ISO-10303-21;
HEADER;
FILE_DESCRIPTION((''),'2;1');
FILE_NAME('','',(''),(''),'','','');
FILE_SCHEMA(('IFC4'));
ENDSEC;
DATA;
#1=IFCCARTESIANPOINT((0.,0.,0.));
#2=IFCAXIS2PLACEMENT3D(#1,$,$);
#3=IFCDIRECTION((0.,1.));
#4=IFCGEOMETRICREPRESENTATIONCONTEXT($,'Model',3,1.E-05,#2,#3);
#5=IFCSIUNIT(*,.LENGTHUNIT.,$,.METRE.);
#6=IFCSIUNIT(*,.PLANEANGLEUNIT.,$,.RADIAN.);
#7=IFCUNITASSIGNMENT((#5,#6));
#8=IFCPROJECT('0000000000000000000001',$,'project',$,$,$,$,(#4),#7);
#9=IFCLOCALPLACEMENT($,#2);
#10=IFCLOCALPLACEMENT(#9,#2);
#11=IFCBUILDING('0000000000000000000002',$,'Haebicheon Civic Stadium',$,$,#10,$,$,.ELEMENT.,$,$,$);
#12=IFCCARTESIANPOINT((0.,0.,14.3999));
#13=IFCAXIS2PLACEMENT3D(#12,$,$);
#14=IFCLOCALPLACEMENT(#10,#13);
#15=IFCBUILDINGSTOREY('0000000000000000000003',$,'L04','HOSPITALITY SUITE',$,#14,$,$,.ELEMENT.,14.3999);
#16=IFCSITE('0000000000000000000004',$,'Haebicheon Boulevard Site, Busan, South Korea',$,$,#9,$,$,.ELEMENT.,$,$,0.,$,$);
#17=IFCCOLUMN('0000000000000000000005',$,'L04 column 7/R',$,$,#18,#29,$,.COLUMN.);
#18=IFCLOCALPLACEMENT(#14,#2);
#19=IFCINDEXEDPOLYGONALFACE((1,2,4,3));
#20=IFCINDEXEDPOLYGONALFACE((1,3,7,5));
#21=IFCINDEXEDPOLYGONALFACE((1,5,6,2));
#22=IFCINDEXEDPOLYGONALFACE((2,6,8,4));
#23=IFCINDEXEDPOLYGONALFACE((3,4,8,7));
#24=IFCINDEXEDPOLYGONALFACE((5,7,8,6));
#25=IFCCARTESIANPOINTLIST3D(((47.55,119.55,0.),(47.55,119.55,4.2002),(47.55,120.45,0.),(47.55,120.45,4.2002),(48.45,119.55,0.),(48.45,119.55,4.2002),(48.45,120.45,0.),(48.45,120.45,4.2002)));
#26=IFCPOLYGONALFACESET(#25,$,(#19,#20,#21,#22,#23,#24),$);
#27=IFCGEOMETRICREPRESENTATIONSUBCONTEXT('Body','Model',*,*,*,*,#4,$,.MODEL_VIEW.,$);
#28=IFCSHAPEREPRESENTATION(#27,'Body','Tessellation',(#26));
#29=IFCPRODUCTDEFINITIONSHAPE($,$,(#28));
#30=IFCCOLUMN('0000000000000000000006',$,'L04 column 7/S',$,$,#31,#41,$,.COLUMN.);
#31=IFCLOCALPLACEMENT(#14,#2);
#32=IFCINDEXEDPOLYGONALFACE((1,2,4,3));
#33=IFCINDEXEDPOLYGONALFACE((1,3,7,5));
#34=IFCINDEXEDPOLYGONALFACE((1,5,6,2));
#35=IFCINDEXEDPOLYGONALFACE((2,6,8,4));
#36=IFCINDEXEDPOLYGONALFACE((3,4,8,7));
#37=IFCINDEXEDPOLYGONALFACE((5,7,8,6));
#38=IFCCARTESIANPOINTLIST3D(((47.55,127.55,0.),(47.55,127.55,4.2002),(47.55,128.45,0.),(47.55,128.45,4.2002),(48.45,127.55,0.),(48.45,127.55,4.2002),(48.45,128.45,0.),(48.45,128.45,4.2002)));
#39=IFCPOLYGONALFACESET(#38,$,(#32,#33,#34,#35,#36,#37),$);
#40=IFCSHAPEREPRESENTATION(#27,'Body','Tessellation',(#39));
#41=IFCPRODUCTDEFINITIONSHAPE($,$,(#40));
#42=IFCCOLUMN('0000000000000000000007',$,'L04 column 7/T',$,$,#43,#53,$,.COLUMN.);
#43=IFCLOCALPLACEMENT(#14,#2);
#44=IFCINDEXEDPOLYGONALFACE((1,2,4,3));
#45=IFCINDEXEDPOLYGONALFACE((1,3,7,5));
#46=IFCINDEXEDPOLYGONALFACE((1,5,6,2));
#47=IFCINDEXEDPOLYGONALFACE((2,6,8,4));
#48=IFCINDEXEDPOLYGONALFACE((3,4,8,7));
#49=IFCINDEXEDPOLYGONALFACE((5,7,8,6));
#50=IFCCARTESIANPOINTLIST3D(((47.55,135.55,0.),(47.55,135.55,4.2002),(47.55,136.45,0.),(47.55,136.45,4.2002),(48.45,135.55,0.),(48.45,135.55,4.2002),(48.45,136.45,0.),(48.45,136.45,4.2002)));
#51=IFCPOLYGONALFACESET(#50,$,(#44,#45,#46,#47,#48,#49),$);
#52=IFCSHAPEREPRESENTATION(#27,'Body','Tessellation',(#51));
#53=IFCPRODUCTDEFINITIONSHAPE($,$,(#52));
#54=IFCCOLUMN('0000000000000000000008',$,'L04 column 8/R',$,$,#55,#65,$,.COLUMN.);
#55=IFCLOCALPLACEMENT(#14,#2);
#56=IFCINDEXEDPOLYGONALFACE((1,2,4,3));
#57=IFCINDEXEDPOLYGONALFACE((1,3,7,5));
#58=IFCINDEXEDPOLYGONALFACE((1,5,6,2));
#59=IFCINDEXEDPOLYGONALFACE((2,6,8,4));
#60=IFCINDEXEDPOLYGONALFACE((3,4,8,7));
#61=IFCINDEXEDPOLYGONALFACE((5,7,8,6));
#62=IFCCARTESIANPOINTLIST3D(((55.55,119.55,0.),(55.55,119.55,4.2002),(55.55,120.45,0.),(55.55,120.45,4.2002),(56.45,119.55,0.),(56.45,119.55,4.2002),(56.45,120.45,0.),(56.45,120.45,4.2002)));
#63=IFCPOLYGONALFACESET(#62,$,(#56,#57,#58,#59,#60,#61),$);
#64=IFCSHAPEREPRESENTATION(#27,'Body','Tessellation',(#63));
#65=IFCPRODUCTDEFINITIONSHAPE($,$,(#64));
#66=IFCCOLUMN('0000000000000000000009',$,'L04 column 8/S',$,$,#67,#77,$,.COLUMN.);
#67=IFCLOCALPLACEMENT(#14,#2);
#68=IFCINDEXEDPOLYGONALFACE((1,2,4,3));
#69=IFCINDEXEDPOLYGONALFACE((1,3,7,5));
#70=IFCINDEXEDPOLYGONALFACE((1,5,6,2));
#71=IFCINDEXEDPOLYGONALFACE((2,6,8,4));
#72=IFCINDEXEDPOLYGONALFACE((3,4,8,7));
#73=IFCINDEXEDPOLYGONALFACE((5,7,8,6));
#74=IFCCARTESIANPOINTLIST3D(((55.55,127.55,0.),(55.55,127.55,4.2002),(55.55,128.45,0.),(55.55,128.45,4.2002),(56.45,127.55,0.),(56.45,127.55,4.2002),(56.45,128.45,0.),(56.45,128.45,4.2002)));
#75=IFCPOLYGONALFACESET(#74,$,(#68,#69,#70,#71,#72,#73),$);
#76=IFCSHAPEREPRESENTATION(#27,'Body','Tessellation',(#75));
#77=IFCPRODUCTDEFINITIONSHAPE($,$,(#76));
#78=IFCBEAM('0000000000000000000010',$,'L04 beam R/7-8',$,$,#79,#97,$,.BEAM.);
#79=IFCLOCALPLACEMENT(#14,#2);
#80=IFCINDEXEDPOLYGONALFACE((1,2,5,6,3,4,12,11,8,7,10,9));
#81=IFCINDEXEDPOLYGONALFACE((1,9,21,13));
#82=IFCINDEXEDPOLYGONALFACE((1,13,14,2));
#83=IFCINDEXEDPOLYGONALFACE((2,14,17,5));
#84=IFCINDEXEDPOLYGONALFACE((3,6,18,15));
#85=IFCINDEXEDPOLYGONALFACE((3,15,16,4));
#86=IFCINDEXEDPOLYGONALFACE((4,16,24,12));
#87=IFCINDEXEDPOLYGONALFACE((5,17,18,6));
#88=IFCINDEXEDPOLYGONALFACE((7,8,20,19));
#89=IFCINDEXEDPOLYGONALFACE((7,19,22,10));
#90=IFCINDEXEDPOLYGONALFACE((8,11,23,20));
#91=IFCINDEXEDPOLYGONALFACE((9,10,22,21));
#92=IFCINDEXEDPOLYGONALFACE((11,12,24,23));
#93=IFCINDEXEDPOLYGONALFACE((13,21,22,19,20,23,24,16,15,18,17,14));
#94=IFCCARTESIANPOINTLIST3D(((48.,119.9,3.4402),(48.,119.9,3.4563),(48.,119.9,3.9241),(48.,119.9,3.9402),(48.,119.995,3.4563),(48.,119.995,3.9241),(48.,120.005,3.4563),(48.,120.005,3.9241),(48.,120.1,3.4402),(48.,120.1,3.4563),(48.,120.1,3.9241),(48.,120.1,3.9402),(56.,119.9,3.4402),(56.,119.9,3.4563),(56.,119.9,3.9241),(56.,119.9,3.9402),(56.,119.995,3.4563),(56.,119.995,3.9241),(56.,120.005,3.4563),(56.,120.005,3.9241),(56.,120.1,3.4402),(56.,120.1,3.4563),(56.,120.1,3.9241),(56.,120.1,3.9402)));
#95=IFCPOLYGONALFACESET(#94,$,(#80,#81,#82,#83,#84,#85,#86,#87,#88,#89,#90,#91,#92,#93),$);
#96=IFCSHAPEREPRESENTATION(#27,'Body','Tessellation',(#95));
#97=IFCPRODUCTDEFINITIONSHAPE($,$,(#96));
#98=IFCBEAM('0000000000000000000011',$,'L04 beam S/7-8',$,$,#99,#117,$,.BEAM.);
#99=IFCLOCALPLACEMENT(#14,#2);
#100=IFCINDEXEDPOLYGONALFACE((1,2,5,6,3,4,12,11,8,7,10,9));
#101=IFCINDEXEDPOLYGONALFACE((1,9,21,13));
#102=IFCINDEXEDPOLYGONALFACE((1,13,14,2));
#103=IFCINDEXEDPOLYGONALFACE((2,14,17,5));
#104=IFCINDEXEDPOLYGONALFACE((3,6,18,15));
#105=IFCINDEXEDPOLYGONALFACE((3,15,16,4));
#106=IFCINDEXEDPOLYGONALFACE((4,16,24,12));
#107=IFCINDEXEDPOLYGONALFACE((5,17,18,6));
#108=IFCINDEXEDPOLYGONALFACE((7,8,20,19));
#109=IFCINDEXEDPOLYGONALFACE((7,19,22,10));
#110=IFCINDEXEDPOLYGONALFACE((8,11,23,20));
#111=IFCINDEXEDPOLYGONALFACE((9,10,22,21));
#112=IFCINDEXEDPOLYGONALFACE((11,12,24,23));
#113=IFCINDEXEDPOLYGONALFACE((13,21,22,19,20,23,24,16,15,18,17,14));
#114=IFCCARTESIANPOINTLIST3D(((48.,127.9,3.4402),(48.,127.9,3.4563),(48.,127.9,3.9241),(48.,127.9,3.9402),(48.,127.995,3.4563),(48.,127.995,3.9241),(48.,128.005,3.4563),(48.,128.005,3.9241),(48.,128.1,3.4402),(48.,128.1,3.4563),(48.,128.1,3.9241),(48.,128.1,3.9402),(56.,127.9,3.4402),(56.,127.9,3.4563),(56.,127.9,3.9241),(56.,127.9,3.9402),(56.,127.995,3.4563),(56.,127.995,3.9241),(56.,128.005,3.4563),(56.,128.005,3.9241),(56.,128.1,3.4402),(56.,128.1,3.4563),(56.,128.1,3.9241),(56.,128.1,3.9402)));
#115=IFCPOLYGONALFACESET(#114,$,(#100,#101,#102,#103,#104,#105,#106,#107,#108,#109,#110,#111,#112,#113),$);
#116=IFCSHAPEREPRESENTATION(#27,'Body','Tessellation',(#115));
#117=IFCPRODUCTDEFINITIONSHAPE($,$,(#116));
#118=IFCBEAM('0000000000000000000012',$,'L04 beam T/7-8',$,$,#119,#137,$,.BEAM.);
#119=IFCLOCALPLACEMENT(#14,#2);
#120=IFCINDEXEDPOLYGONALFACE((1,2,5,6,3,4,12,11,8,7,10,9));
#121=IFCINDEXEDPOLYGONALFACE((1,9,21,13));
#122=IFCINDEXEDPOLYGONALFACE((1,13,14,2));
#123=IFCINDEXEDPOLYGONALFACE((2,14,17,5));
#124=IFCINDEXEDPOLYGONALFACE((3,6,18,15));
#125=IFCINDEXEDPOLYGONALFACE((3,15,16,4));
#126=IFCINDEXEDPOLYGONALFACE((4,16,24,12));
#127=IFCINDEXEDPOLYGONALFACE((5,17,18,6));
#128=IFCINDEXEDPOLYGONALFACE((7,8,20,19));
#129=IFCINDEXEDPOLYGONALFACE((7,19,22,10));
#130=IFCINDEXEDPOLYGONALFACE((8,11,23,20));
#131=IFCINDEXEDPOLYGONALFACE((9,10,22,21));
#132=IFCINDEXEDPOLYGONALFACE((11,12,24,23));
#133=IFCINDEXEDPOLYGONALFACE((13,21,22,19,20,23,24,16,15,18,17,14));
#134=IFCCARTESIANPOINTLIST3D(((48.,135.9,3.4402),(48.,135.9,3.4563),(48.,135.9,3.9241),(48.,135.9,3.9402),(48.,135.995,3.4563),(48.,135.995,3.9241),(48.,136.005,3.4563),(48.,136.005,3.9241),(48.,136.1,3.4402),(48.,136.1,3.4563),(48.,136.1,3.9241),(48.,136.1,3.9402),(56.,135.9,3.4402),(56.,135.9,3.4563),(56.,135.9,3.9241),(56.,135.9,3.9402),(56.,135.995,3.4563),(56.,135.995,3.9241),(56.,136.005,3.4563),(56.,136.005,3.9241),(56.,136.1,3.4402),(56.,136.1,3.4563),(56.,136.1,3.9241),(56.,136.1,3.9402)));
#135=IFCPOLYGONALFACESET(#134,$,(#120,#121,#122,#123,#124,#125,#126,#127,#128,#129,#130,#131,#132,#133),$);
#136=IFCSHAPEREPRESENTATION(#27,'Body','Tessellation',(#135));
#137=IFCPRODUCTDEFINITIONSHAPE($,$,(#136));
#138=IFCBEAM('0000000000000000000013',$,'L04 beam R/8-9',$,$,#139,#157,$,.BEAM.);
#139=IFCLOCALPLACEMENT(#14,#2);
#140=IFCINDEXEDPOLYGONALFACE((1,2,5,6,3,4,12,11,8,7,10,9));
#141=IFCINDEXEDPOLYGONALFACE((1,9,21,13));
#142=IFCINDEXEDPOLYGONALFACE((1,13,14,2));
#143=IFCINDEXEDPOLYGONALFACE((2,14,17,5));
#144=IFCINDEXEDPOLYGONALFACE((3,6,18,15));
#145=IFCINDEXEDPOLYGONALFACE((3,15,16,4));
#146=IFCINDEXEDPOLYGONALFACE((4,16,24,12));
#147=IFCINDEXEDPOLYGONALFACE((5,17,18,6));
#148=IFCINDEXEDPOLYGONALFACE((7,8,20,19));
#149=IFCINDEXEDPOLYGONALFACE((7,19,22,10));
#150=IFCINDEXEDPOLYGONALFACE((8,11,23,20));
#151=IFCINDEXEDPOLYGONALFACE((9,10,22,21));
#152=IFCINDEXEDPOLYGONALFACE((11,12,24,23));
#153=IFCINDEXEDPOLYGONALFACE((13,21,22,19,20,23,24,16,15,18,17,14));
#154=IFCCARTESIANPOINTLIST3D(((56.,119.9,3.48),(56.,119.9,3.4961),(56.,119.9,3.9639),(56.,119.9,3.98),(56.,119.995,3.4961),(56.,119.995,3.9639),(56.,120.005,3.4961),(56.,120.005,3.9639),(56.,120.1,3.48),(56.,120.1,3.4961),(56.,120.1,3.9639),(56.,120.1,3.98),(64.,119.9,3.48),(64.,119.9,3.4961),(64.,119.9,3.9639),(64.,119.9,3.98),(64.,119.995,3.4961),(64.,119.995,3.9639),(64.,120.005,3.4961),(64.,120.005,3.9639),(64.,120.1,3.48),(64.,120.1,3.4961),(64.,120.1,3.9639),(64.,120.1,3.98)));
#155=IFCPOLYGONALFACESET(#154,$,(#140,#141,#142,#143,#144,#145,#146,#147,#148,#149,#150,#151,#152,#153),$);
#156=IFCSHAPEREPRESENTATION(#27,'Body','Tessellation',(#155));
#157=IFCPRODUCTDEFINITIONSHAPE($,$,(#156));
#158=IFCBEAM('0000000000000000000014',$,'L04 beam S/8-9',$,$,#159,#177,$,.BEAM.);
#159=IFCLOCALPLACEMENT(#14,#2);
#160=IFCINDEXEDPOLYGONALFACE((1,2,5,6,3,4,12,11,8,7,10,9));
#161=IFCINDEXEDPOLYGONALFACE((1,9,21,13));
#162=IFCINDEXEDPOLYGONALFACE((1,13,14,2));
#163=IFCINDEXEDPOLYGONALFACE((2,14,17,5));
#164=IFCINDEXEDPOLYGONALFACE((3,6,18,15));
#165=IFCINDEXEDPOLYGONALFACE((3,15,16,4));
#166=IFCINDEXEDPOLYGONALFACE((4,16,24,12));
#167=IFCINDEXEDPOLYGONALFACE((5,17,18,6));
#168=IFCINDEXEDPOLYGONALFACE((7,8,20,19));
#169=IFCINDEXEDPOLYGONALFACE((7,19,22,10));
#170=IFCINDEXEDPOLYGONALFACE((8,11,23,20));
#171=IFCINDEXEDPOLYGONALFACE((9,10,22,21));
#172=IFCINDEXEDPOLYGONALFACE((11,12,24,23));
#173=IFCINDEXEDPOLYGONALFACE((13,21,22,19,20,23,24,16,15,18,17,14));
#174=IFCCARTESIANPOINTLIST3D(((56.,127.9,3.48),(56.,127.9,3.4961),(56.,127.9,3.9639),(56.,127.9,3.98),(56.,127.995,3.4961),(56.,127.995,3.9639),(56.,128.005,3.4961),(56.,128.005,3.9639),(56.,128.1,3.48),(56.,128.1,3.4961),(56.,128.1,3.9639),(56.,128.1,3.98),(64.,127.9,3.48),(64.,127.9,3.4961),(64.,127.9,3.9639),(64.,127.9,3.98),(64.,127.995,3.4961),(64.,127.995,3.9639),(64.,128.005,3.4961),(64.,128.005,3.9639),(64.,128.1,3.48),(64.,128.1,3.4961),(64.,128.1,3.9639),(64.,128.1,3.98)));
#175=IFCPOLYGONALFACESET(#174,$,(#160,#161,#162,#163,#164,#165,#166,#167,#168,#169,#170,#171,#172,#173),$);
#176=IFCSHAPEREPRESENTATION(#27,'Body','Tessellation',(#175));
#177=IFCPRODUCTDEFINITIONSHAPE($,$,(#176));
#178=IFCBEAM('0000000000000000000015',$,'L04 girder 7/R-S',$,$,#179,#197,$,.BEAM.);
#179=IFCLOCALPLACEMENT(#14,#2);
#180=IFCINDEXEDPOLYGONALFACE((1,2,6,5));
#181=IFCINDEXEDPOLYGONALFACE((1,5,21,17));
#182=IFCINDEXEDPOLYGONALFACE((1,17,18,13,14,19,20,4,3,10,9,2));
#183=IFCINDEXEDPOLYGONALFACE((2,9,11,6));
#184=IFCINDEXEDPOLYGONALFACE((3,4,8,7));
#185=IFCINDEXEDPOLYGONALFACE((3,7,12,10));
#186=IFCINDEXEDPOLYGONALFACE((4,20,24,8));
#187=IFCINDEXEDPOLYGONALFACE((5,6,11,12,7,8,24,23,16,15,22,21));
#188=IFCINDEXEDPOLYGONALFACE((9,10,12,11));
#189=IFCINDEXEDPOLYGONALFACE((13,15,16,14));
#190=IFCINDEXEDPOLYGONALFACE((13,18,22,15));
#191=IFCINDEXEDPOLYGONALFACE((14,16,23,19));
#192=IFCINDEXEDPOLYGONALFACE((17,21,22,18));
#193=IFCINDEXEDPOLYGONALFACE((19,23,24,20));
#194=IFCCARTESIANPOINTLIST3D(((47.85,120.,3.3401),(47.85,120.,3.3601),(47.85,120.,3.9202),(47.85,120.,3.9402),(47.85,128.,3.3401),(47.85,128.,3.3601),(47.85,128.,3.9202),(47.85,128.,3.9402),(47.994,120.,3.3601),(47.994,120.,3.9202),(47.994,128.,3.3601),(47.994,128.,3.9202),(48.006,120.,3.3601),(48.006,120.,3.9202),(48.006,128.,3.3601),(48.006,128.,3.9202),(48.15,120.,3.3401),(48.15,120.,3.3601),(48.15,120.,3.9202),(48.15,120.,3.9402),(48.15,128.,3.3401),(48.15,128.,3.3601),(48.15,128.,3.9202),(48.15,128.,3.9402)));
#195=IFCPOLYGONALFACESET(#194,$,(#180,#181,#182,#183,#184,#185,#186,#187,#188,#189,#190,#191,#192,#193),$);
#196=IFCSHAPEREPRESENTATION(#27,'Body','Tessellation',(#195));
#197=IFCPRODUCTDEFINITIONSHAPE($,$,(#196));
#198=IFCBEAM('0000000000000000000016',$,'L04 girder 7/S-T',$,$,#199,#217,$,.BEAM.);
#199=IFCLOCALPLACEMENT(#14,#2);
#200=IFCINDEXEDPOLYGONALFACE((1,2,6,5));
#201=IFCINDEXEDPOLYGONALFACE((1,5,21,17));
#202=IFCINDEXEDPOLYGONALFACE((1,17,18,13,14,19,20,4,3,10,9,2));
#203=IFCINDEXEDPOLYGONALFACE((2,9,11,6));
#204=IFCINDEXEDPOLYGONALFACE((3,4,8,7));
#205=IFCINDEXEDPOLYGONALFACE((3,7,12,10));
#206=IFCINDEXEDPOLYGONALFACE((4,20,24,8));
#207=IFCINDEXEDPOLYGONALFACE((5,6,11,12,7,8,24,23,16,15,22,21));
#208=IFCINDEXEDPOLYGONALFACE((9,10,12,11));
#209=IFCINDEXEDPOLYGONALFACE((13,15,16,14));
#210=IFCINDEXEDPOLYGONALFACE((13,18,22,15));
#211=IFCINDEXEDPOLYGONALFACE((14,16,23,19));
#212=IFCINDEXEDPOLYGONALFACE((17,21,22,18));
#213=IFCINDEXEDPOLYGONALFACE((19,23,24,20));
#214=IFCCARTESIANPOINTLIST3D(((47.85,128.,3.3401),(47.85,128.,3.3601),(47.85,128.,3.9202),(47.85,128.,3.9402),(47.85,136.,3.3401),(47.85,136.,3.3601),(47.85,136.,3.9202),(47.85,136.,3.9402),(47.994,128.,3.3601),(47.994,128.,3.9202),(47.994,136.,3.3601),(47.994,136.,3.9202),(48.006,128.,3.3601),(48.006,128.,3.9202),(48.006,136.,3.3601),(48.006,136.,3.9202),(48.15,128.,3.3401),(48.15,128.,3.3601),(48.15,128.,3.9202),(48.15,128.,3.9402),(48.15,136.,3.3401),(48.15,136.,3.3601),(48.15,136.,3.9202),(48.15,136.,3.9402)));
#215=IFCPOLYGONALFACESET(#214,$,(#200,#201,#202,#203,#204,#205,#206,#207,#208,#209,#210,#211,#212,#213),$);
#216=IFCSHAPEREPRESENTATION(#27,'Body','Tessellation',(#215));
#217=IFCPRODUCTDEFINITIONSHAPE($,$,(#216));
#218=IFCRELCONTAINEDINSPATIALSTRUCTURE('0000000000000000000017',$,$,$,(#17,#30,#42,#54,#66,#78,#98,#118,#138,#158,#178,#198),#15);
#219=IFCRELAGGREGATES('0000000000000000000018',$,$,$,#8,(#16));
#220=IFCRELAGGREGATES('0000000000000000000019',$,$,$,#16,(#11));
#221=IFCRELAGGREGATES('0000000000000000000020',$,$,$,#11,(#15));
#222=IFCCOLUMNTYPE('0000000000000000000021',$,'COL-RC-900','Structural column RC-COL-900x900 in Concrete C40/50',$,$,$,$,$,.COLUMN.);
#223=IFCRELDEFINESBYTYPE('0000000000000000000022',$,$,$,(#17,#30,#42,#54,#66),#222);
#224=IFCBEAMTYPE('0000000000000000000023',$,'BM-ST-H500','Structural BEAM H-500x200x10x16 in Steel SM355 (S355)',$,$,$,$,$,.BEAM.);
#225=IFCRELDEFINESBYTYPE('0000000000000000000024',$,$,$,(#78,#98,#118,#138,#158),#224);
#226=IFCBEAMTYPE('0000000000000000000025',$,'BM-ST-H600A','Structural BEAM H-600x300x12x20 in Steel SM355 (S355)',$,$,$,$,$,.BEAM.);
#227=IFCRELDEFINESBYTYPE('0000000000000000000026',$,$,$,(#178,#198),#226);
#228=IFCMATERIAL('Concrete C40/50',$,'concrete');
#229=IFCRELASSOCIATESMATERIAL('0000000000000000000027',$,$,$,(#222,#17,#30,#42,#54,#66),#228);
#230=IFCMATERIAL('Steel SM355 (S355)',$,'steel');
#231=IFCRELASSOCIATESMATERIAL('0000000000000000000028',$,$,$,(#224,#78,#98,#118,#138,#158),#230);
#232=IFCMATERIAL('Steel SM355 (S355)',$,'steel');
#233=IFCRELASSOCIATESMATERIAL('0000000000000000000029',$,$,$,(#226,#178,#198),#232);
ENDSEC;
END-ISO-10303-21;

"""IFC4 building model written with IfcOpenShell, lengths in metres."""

from ifc_helpers import new_model, si_unit, direction, frame, origin, origin_2d, place, context, subcontext, project, spatial, rectangle, i_section, extrude, material, material_profile, profile_set, type_object, element, save


model = new_model("IFC4")

# Units and contexts
model_context = context("Model", 3, precision=1e-05, world=origin(), true_north=direction((0.0, 1.0)))
body_context = subcontext(model_context, "Body", "Model", "MODEL_VIEW")
ifc_project = project(units=[si_unit("LENGTHUNIT", "METRE"), si_unit("PLANEANGLEUNIT", "RADIAN")], contexts=[model_context])

# Site, building, storey
site_placement = place(None, origin())
site = spatial("IfcSite", under=ifc_project, at=site_placement, Name="Haebicheon Boulevard Site, Busan, South Korea", CompositionType="ELEMENT", RefElevation=0.0)
building_placement = place(site_placement, origin())
building = spatial("IfcBuilding", under=site, at=building_placement, Name="Haebicheon Civic Stadium", CompositionType="ELEMENT")
storey_placement = place(building_placement, frame((0.0, 0.0, 14.3999)))
storey = spatial("IfcBuildingStorey", under=building, at=storey_placement, Name="L04", Description="HOSPITALITY SUITE", CompositionType="ELEMENT", Elevation=14.3999)

# Columns
ifc_material_1 = material(Name="Concrete C40/50", Category="concrete")
ifc_material_profile_1 = material_profile(ifc_material_1, rectangle(XDim=0.8999, YDim=0.8999, at=origin_2d()), Name="RC-COL-900x900")
ifc_profile_set_1 = profile_set([ifc_material_profile_1], Name="Concrete C40/50")
column_type = type_object("IfcColumnType", Name="COL-RC-900", Description="Structural column RC-COL-900x900 in Concrete C40/50", PredefinedType="COLUMN", material=ifc_profile_set_1)
for number, where, z_axis, x_axis, name in (
    (1, (48.0, 120.0, 0.0), (0.0, 0.0, 1.0), (1.0, 0.0, 0.0), "L04 column 7/R"),
    (2, (48.0, 128.0, 0.0), (0.0, 0.0, 1.0), (1.0, 0.0, 0.0), "L04 column 7/S"),
    (3, (48.0, 136.0, 0.0), (0.0, 0.0, 1.0), (1.0, 0.0, 0.0), "L04 column 7/T"),
    (4, (56.0, 120.0, 0.0), (0.0, 0.0, 1.0), (1.0, 0.0, 0.0), "L04 column 8/R"),
    (5, (56.0, 128.0, 0.0), (0.0, 0.0, 1.0), (1.0, 0.0, 0.0), "L04 column 8/S"),
):
    element("IfcColumn", number, at=place(storey_placement, frame(where, z_axis=z_axis, x_axis=x_axis)), inside=storey, type_object=column_type, material=ifc_profile_set_1, Name=name, PredefinedType="COLUMN", context=body_context, shape_type="SweptSolid", body=[
        extrude(rectangle(XDim=0.8999, YDim=0.8999, at=origin_2d()), origin(), (0.0, 0.0, 1.0), 4.2002),
    ])

# Beams
ifc_material_2 = material(Name="Steel SM355 (S355)", Category="steel")
ifc_material_profile_2 = material_profile(ifc_material_2, i_section(OverallWidth=0.2, OverallDepth=0.5, WebThickness=0.01, FlangeThickness=0.0161, at=origin_2d()), Name="H-500x200x10x16")
ifc_profile_set_2 = profile_set([ifc_material_profile_2], Name="Steel SM355 (S355)")
beam_type_1 = type_object("IfcBeamType", Name="BM-ST-H500", Description="Structural BEAM H-500x200x10x16 in Steel SM355 (S355)", PredefinedType="BEAM", material=ifc_profile_set_2)
for number, where, z_axis, x_axis, name in (
    (6, (48.0, 120.0, 3.6902), (1.0, 0.0, 0.0), (0.0, 1.0, 0.0), "L04 beam R/7-8"),
    (7, (48.0, 128.0, 3.6902), (1.0, 0.0, 0.0), (0.0, 1.0, 0.0), "L04 beam S/7-8"),
    (8, (48.0, 136.0, 3.6902), (1.0, 0.0, 0.0), (0.0, 1.0, 0.0), "L04 beam T/7-8"),
    (9, (56.0, 120.0, 3.73), (1.0, 0.0, 0.0), (0.0, 1.0, 0.0), "L04 beam R/8-9"),
    (10, (56.0, 128.0, 3.73), (1.0, 0.0, 0.0), (0.0, 1.0, 0.0), "L04 beam S/8-9"),
):
    element("IfcBeam", number, at=place(storey_placement, frame(where, z_axis=z_axis, x_axis=x_axis)), inside=storey, type_object=beam_type_1, material=ifc_profile_set_2, Name=name, PredefinedType="BEAM", context=body_context, shape_type="SweptSolid", body=[
        extrude(i_section(OverallWidth=0.2, OverallDepth=0.5, WebThickness=0.01, FlangeThickness=0.0161, at=origin_2d()), origin(), (0.0, 0.0, 1.0), 8.0),
    ])
ifc_material_3 = material(Name="Steel SM355 (S355)", Category="steel")
ifc_material_profile_3 = material_profile(ifc_material_3, i_section(OverallWidth=0.3, OverallDepth=0.6001, WebThickness=0.012, FlangeThickness=0.02, at=origin_2d()), Name="H-600x300x12x20")
ifc_profile_set_3 = profile_set([ifc_material_profile_3], Name="Steel SM355 (S355)")
beam_type_2 = type_object("IfcBeamType", Name="BM-ST-H600A", Description="Structural BEAM H-600x300x12x20 in Steel SM355 (S355)", PredefinedType="BEAM", material=ifc_profile_set_3)
for number, where, z_axis, x_axis, name in (
    (11, (48.0, 120.0, 3.6401), (0.0, 1.0, 0.0), (-1.0, 0.0, 0.0), "L04 girder 7/R-S"),
    (12, (48.0, 128.0, 3.6401), (0.0, 1.0, 0.0), (-1.0, 0.0, 0.0), "L04 girder 7/S-T"),
):
    element("IfcBeam", number, at=place(storey_placement, frame(where, z_axis=z_axis, x_axis=x_axis)), inside=storey, type_object=beam_type_2, material=ifc_profile_set_3, Name=name, PredefinedType="BEAM", context=body_context, shape_type="SweptSolid", body=[
        extrude(i_section(OverallWidth=0.3, OverallDepth=0.6001, WebThickness=0.012, FlangeThickness=0.02, at=origin_2d()), origin(), (0.0, 0.0, 1.0), 8.0),
    ])

save(model, "model.ifc")
